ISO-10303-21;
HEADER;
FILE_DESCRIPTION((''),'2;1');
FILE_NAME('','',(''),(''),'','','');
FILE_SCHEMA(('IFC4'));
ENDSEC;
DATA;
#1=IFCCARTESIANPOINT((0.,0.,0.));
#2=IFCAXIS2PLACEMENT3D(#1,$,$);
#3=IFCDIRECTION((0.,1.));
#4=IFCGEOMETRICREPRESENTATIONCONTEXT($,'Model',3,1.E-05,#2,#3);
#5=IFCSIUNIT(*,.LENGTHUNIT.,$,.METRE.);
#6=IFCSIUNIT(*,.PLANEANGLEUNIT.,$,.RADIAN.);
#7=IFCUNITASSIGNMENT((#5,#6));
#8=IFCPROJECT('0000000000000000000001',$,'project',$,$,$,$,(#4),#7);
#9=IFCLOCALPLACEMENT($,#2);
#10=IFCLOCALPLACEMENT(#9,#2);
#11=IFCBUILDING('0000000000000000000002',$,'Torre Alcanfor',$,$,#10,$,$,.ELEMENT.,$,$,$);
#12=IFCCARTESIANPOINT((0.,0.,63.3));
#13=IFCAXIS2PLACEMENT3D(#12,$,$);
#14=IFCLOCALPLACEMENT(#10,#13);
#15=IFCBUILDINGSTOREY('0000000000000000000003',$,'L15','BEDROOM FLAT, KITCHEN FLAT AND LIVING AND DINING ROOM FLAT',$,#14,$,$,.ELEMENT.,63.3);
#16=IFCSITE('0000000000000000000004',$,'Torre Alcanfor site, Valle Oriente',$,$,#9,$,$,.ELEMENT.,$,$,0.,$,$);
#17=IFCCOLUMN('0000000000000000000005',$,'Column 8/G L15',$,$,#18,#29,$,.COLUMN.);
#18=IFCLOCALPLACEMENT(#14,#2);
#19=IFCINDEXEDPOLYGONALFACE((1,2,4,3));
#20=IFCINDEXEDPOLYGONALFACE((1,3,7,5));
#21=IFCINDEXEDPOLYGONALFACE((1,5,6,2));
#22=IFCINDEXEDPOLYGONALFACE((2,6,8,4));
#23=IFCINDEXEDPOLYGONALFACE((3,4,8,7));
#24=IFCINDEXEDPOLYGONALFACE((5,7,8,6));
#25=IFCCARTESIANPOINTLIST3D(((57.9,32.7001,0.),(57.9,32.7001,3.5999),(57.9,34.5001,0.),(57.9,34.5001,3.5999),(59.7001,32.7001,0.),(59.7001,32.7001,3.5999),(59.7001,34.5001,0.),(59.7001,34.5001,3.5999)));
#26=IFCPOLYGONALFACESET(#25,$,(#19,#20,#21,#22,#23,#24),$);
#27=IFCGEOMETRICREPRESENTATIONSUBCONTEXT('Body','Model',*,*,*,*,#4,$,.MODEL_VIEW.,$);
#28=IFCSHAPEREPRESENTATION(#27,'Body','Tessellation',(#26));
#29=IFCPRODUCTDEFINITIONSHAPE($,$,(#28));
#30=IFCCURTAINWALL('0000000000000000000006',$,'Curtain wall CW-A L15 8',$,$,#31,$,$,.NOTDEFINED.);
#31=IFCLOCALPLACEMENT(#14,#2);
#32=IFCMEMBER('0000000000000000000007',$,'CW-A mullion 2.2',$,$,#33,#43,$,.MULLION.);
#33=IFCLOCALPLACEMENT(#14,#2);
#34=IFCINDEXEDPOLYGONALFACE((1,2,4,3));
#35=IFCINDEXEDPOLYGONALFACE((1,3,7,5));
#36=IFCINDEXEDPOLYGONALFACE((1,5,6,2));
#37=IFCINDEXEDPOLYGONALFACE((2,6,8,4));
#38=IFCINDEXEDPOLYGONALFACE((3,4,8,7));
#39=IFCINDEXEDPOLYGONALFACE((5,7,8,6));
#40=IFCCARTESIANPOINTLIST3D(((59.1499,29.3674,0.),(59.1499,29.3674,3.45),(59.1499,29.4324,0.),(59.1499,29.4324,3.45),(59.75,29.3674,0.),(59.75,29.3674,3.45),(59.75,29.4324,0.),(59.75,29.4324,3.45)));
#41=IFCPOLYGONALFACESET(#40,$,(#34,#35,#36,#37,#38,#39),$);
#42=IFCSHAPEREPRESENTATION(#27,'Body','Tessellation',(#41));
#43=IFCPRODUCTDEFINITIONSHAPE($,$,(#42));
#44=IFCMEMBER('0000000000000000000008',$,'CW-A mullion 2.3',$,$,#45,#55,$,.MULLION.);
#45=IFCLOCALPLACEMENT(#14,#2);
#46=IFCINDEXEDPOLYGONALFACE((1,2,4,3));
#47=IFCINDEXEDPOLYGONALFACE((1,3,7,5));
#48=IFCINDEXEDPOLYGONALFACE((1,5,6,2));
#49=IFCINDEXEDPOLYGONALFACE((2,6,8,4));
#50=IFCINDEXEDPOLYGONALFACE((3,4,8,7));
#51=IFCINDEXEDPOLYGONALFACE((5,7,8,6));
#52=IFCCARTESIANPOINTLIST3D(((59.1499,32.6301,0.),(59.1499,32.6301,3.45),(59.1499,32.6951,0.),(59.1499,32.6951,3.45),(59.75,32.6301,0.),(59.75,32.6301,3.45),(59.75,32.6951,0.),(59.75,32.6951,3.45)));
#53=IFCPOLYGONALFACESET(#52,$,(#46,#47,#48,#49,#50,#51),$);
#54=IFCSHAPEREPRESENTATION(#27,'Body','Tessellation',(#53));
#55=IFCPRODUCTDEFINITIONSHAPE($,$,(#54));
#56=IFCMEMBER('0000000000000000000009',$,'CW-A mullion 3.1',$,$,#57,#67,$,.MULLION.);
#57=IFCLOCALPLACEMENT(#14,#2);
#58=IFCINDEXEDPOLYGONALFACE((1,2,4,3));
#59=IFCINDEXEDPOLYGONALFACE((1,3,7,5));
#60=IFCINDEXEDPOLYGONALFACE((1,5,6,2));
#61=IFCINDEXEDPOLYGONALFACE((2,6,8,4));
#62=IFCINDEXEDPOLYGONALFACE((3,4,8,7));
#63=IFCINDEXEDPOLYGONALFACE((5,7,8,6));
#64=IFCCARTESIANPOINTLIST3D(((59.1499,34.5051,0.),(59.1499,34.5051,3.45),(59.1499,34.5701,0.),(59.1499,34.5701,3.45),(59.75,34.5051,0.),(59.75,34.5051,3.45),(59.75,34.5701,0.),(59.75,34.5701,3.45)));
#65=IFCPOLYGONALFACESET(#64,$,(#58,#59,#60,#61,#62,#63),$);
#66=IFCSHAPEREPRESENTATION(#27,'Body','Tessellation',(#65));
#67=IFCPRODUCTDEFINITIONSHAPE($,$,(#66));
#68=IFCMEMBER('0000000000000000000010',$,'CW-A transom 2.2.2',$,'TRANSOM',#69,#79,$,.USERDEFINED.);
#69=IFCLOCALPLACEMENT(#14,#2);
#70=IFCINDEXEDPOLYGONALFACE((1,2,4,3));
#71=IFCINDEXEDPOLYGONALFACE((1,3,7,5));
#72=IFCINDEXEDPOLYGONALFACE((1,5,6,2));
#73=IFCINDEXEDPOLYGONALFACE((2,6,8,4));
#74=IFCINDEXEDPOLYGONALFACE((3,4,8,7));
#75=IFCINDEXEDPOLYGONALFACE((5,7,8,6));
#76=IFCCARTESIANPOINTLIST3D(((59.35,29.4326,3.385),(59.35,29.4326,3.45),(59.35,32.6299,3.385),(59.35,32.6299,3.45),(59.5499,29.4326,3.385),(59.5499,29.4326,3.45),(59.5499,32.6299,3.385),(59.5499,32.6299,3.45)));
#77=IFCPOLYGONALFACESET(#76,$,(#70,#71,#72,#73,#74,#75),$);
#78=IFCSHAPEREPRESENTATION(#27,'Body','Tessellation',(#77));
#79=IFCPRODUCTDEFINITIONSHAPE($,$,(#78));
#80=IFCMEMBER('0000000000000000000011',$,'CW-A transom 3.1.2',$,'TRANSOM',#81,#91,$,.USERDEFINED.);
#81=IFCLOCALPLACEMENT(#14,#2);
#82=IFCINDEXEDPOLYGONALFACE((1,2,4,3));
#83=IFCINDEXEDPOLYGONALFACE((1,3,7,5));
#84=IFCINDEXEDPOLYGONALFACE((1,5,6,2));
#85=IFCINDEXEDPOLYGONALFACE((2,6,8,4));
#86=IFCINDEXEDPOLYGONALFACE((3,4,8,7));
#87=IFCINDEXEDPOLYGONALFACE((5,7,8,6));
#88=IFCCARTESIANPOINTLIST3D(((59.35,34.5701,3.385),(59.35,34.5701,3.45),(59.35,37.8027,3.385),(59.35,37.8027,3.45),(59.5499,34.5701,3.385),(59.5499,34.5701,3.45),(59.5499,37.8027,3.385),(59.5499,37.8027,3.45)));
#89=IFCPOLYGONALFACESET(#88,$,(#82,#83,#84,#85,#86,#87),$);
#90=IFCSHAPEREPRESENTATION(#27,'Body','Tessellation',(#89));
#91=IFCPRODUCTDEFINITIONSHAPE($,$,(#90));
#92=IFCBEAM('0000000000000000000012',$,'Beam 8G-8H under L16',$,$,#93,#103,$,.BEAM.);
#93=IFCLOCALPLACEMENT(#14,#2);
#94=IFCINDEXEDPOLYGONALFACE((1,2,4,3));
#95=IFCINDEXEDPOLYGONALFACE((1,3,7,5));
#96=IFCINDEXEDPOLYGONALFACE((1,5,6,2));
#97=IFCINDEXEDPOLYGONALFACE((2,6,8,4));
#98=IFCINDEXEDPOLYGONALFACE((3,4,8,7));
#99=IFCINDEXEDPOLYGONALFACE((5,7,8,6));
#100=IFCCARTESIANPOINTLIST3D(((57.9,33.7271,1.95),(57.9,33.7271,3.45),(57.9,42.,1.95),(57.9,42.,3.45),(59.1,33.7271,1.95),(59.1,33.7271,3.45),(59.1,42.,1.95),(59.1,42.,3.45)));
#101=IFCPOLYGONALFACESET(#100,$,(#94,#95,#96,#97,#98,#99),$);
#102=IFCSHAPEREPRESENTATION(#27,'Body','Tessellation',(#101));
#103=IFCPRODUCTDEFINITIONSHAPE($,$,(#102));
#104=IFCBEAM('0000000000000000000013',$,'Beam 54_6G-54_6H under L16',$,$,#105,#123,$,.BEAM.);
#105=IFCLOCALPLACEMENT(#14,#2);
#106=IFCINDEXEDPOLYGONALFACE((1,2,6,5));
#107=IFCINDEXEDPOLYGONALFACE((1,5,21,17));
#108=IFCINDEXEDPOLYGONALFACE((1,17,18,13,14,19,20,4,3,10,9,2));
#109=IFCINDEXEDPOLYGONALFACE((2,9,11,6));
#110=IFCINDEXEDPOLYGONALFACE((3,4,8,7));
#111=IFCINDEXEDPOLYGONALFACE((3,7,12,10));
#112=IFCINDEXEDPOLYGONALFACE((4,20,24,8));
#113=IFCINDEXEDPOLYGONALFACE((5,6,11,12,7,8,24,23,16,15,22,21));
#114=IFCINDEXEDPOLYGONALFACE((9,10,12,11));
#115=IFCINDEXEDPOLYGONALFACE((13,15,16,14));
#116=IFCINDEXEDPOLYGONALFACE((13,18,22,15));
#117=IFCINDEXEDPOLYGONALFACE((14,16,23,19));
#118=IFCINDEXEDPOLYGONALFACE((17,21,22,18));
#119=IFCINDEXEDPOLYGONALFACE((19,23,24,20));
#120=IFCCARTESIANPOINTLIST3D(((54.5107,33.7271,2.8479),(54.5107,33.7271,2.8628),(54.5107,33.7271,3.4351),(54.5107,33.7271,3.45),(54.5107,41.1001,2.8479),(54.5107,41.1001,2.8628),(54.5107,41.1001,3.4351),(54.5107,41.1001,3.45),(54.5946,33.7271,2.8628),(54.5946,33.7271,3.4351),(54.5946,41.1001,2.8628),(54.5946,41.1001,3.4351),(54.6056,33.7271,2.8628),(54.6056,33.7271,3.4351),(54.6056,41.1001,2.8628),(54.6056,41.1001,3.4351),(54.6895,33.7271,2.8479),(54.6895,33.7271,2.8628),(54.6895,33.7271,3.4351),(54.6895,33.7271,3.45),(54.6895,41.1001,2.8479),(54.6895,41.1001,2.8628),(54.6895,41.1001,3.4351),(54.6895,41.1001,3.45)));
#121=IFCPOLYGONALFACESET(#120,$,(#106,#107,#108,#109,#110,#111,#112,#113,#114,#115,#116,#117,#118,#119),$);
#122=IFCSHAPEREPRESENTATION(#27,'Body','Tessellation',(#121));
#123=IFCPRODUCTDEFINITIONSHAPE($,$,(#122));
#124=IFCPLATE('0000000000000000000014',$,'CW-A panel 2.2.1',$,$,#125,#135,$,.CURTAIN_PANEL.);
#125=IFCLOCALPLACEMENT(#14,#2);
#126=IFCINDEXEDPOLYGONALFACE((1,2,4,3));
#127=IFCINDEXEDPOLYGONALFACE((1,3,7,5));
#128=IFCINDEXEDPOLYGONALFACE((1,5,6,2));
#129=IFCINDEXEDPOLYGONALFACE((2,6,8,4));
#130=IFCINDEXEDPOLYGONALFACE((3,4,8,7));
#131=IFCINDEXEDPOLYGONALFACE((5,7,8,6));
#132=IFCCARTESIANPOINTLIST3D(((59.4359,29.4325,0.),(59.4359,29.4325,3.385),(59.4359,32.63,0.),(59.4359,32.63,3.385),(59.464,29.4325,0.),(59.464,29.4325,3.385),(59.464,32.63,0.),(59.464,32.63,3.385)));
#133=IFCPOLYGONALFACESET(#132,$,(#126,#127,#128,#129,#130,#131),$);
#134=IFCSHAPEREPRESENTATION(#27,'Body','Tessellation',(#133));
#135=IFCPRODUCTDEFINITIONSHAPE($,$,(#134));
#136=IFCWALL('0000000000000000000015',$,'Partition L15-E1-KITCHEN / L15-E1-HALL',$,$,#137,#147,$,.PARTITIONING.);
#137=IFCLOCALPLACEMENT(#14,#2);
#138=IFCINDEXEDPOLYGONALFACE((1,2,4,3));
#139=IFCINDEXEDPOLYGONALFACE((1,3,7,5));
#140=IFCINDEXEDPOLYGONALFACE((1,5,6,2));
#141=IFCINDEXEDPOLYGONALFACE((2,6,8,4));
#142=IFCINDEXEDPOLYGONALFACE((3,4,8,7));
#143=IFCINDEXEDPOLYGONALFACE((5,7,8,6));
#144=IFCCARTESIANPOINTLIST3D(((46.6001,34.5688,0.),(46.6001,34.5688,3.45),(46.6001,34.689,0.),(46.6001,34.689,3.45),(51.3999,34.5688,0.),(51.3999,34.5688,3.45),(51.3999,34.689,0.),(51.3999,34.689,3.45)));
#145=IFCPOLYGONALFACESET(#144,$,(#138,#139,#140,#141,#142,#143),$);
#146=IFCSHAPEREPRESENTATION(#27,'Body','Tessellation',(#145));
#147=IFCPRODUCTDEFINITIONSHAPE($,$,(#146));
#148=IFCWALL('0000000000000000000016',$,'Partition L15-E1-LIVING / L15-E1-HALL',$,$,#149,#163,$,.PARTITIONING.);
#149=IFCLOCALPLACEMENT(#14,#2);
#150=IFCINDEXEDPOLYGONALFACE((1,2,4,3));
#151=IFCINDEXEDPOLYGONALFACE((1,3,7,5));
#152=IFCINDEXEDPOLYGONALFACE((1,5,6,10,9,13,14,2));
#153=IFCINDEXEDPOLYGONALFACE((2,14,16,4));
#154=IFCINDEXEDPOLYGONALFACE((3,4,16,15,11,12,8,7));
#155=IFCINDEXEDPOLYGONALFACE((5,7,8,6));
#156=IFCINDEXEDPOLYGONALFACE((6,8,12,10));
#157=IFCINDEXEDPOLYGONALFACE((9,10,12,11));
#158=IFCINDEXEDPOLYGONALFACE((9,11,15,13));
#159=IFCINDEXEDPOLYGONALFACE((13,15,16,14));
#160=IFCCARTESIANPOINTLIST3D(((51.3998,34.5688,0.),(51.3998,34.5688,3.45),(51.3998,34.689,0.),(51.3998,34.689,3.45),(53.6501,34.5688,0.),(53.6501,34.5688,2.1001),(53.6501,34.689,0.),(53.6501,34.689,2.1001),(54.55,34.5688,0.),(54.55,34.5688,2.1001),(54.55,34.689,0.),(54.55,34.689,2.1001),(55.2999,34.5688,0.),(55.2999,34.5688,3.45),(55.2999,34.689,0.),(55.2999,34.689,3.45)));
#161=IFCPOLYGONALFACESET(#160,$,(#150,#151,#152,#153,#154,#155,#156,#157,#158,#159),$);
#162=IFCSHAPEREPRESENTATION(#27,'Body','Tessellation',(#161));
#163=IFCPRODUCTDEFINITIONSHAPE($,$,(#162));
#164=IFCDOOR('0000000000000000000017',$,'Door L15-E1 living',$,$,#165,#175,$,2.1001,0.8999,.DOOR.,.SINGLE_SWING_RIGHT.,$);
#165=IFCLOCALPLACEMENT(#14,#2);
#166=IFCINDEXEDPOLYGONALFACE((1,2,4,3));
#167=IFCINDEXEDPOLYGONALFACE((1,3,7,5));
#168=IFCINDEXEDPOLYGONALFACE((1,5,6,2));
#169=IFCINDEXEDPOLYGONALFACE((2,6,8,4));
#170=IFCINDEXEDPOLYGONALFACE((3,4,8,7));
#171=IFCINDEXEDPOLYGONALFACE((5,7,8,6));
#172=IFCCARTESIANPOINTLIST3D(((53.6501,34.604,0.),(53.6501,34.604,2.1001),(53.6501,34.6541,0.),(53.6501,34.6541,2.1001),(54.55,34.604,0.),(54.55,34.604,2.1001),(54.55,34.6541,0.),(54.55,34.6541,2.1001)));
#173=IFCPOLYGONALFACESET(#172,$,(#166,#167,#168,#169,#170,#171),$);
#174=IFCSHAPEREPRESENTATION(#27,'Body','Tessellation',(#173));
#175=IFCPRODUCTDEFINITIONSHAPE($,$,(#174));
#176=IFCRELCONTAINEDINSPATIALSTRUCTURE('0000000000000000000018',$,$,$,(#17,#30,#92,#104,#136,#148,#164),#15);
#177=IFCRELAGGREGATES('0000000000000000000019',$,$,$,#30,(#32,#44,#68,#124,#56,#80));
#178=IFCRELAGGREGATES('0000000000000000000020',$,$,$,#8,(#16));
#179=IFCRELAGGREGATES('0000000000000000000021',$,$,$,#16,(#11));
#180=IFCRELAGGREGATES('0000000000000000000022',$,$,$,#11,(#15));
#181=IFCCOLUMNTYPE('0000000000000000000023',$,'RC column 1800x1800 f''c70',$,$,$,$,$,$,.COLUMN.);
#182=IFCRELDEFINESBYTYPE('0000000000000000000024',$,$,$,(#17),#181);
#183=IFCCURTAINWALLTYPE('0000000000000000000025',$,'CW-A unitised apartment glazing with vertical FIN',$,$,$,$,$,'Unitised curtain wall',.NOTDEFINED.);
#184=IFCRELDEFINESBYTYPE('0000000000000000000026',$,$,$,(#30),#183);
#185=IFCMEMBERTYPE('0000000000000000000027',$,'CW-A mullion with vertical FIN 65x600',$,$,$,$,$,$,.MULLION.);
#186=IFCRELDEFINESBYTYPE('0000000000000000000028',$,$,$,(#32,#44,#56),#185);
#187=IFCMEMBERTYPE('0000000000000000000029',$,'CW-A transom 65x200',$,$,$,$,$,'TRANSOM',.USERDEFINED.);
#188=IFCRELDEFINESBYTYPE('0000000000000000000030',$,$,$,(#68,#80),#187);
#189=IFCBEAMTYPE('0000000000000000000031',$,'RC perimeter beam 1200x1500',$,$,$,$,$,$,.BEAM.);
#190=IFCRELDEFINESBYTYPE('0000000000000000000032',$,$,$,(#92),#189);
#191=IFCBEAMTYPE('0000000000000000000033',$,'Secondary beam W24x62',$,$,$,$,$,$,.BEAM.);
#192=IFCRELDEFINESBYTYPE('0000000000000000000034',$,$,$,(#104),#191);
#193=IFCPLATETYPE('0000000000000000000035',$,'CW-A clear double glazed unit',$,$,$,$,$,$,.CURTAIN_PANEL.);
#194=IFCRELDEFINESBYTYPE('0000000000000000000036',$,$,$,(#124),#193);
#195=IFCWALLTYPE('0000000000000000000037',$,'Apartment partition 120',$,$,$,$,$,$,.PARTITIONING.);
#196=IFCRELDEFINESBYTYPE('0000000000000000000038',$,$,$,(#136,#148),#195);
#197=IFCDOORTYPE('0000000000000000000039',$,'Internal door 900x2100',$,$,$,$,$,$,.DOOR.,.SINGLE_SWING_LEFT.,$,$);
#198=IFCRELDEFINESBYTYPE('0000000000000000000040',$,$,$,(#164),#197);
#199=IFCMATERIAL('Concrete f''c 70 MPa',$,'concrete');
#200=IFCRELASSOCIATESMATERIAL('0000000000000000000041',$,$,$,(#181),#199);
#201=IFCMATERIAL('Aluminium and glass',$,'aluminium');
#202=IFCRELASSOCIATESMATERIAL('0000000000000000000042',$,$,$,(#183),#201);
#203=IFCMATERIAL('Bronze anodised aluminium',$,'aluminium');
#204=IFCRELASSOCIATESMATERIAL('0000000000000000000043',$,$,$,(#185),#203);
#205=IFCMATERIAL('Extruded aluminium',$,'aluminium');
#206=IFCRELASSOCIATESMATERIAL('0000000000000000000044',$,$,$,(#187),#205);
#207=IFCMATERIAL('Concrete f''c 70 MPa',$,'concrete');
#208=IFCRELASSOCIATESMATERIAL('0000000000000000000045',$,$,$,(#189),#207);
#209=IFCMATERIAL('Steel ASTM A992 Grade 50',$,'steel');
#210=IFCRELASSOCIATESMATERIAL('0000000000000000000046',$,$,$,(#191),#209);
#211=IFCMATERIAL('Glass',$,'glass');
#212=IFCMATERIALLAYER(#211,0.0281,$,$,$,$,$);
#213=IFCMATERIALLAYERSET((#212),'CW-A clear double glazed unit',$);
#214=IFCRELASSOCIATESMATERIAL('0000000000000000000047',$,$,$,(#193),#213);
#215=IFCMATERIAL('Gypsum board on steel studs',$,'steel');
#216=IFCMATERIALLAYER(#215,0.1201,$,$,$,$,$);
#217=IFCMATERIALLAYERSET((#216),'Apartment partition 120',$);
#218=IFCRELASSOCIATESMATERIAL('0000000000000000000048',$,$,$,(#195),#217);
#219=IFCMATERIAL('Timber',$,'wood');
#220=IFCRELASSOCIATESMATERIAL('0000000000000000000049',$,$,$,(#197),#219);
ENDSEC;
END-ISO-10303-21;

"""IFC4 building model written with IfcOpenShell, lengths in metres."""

from ifc_helpers import new_model, si_unit, direction, frame, frame_2d, origin, origin_2d, place, context, subcontext, project, spatial, rectangle, i_section, extrude, material, layer, layer_set, material_profile, profile_set, type_object, element, fill, aggregate, save


model = new_model("IFC4")

# Units and contexts
model_context = context("Model", 3, precision=1e-05, world=origin(), true_north=direction((0.0, 1.0)))
body_context = subcontext(model_context, "Body", "Model", "MODEL_VIEW")
ifc_project = project(units=[si_unit("LENGTHUNIT", "METRE"), si_unit("PLANEANGLEUNIT", "RADIAN")], contexts=[model_context])

# Site, building, storey
site_placement = place(None, origin())
site = spatial("IfcSite", under=ifc_project, at=site_placement, Name="Torre Alcanfor site, Valle Oriente", CompositionType="ELEMENT", RefElevation=0.0)
building_placement = place(site_placement, origin())
building = spatial("IfcBuilding", under=site, at=building_placement, Name="Torre Alcanfor", CompositionType="ELEMENT")
storey_placement = place(building_placement, frame((0.0, 0.0, 63.3)))
storey = spatial("IfcBuildingStorey", under=building, at=storey_placement, Name="L15", Description="BEDROOM FLAT, KITCHEN FLAT AND LIVING AND DINING ROOM FLAT", CompositionType="ELEMENT", Elevation=63.3)

# Column
ifc_material_1 = material(Name="Concrete f'c 70 MPa", Category="concrete")
ifc_material_profile_1 = material_profile(ifc_material_1, rectangle(XDim=1.8, YDim=1.8, at=origin_2d()), Name="1800x1800")
ifc_profile_set_1 = profile_set([ifc_material_profile_1], Name="Concrete f'c 70 MPa")
column_type = type_object("IfcColumnType", Name="RC column 1800x1800 f'c70", PredefinedType="COLUMN", material=ifc_profile_set_1)
column_placement = place(storey_placement, frame((58.8, 33.6001, 0.0), z_axis=(0.0, 0.0, 1.0), x_axis=(1.0, 0.0, 0.0)))
element("IfcColumn", 1, at=column_placement, inside=storey, type_object=column_type, Name="Column 8/G L15", PredefinedType="COLUMN", context=body_context, shape_type="SweptSolid", body=[
    extrude(rectangle(XDim=1.8, YDim=1.8, at=origin_2d()), origin(), (0.0, 0.0, 1.0), 3.5999),
])

# Curtain wall, members
ifc_material_2 = material(Name="Aluminium and glass", Category="aluminium")
curtain_wall_type = type_object("IfcCurtainWallType", Name="CW-A unitised apartment glazing with vertical FIN", ElementType="Unitised curtain wall", PredefinedType="NOTDEFINED", material=ifc_material_2)
curtain_wall_placement = place(storey_placement, origin())
curtain_wall = element("IfcCurtainWall", 2, at=curtain_wall_placement, inside=storey, type_object=curtain_wall_type, Name="Curtain wall CW-A L15 8", PredefinedType="NOTDEFINED")
ifc_material_3 = material(Name="Bronze anodised aluminium", Category="aluminium")
ifc_material_profile_2 = material_profile(ifc_material_3, rectangle(XDim=0.6001, YDim=0.0649, at=origin_2d()), Name="CW-A mullion 65x600")
ifc_profile_set_2 = profile_set([ifc_material_profile_2], Name="Bronze anodised aluminium")
member_type_1 = type_object("IfcMemberType", Name="CW-A mullion with vertical FIN 65x600", PredefinedType="MULLION", material=ifc_profile_set_2)
member_1_placement = place(storey_placement, frame((59.45, 29.3999, 0.0), z_axis=(0.0, 0.0, 1.0), x_axis=(-1.0, 0.0, 0.0)))
member_1 = element("IfcMember", 3, at=member_1_placement, type_object=member_type_1, Name="CW-A mullion 2.2", PredefinedType="MULLION", context=body_context, shape_type="SweptSolid", body=[
    extrude(rectangle(XDim=0.6001, YDim=0.0649, at=origin_2d()), origin(), (0.0, 0.0, 1.0), 3.45),
])
member_2_placement = place(storey_placement, frame((59.45, 32.6626, 0.0), z_axis=(0.0, 0.0, 1.0), x_axis=(-1.0, 0.0, 0.0)))
member_2 = element("IfcMember", 4, at=member_2_placement, type_object=member_type_1, Name="CW-A mullion 2.3", PredefinedType="MULLION", context=body_context, shape_type="SweptSolid", body=[
    extrude(rectangle(XDim=0.6001, YDim=0.0649, at=origin_2d()), origin(), (0.0, 0.0, 1.0), 3.45),
])
member_3_placement = place(storey_placement, frame((59.45, 34.5376, 0.0), z_axis=(0.0, 0.0, 1.0), x_axis=(-1.0, 0.0, 0.0)))
member_3 = element("IfcMember", 5, at=member_3_placement, type_object=member_type_1, Name="CW-A mullion 3.1", PredefinedType="MULLION", context=body_context, shape_type="SweptSolid", body=[
    extrude(rectangle(XDim=0.6001, YDim=0.0649, at=origin_2d()), origin(), (0.0, 0.0, 1.0), 3.45),
])
ifc_material_4 = material(Name="Extruded aluminium", Category="aluminium")
ifc_material_profile_3 = material_profile(ifc_material_4, rectangle(XDim=0.2, YDim=0.0649, at=origin_2d()), Name="CW-A transom 200x65")
ifc_profile_set_3 = profile_set([ifc_material_profile_3], Name="Extruded aluminium")
member_type_2 = type_object("IfcMemberType", Name="CW-A transom 65x200", ElementType="TRANSOM", PredefinedType="USERDEFINED", material=ifc_profile_set_3)
member_4_placement = place(storey_placement, frame((59.45, 29.4326, 3.4175), z_axis=(0.0, 1.0, 0.0), x_axis=(-1.0, 0.0, 0.0)))
member_4 = element("IfcMember", 6, at=member_4_placement, type_object=member_type_2, Name="CW-A transom 2.2.2", ObjectType="TRANSOM", PredefinedType="USERDEFINED", context=body_context, shape_type="SweptSolid", body=[
    extrude(rectangle(XDim=0.2, YDim=0.0649, at=origin_2d()), origin(), (0.0, 0.0, 1.0), 3.1973),
])
member_5_placement = place(storey_placement, frame((59.45, 34.5701, 3.4175), z_axis=(0.0, 1.0, 0.0), x_axis=(-1.0, 0.0, 0.0)))
member_5 = element("IfcMember", 7, at=member_5_placement, type_object=member_type_2, Name="CW-A transom 3.1.2", ObjectType="TRANSOM", PredefinedType="USERDEFINED", context=body_context, shape_type="SweptSolid", body=[
    extrude(rectangle(XDim=0.2, YDim=0.0649, at=origin_2d()), origin(), (0.0, 0.0, 1.0), 3.2327),
])

# Beams
ifc_material_5 = material(Name="Concrete f'c 70 MPa", Category="concrete")
ifc_material_profile_4 = material_profile(ifc_material_5, rectangle(XDim=1.2, YDim=1.5, at=origin_2d()), Name="1200x1500")
ifc_profile_set_4 = profile_set([ifc_material_profile_4], Name="Concrete f'c 70 MPa")
beam_type_1 = type_object("IfcBeamType", Name="RC perimeter beam 1200x1500", PredefinedType="BEAM", material=ifc_profile_set_4)
beam_1_placement = place(storey_placement, frame((58.5, 33.7271, 2.7), z_axis=(0.0, 1.0, 0.0), x_axis=(-1.0, 0.0, 0.0)))
element("IfcBeam", 8, at=beam_1_placement, inside=storey, type_object=beam_type_1, Name="Beam 8G-8H under L16", PredefinedType="BEAM", context=body_context, shape_type="SweptSolid", body=[
    extrude(rectangle(XDim=1.2, YDim=1.5, at=origin_2d()), origin(), (0.0, 0.0, 1.0), 8.2729),
])
ifc_material_6 = material(Name="Steel ASTM A992 Grade 50", Category="steel")
ifc_material_profile_5 = material_profile(ifc_material_6, i_section(OverallWidth=0.1787, OverallDepth=0.6021, WebThickness=0.011, FlangeThickness=0.0149, at=origin_2d()), Name="W24x62")
ifc_profile_set_5 = profile_set([ifc_material_profile_5], Name="Steel ASTM A992 Grade 50")
beam_type_2 = type_object("IfcBeamType", Name="Secondary beam W24x62", PredefinedType="BEAM", material=ifc_profile_set_5)
beam_2_placement = place(storey_placement, frame((54.6001, 33.7271, 3.1489), z_axis=(0.0, 1.0, 0.0), x_axis=(-1.0, 0.0, 0.0)))
element("IfcBeam", 9, at=beam_2_placement, inside=storey, type_object=beam_type_2, Name="Beam 54_6G-54_6H under L16", PredefinedType="BEAM", context=body_context, shape_type="SweptSolid", body=[
    extrude(i_section(OverallWidth=0.1787, OverallDepth=0.6021, WebThickness=0.011, FlangeThickness=0.0149, at=origin_2d()), origin(), (0.0, 0.0, 1.0), 7.373),
])

# Plate
ifc_material_7 = material(Name="Glass", Category="glass")
ifc_layer_1 = layer(ifc_material_7, 0.0281)
ifc_layer_set_1 = layer_set([ifc_layer_1], Name="CW-A clear double glazed unit")
plate_type = type_object("IfcPlateType", Name="CW-A clear double glazed unit", PredefinedType="CURTAIN_PANEL", material=ifc_layer_set_1)
plate_placement = place(storey_placement, frame((59.45, 31.0312, 0.0), z_axis=(0.0, 0.0, 1.0), x_axis=(0.0, 1.0, 0.0)))
plate = element("IfcPlate", 10, at=plate_placement, type_object=plate_type, Name="CW-A panel 2.2.1", PredefinedType="CURTAIN_PANEL", context=body_context, shape_type="SweptSolid", body=[
    extrude(rectangle(XDim=3.1975, YDim=0.0281, at=origin_2d()), origin(), (0.0, 0.0, 1.0), 3.385),
])
aggregate(curtain_wall, [member_1, member_2, member_4, plate, member_3, member_5])

# Wall
ifc_material_8 = material(Name="Gypsum board on steel studs", Category="steel")
ifc_layer_2 = layer(ifc_material_8, 0.1201)
ifc_layer_set_2 = layer_set([ifc_layer_2], Name="Apartment partition 120")
wall_type_1 = type_object("IfcWallType", Name="Apartment partition 120", PredefinedType="PARTITIONING", material=ifc_layer_set_2)
wall_1_placement = place(storey_placement, frame((51.3999, 34.6289, 0.0), z_axis=(0.0, 0.0, 1.0), x_axis=(-1.0, 0.0, 0.0)))
element("IfcWall", 11, at=wall_1_placement, inside=storey, type_object=wall_type_1, Name="Partition L15-E1-KITCHEN / L15-E1-HALL", PredefinedType="PARTITIONING", context=body_context, shape_type="SweptSolid", body=[
    extrude(rectangle(XDim=4.7998, YDim=0.1201, at=frame_2d((2.3999, 0.0))), origin(), (0.0, 0.0, 1.0), 3.45),
])

# Wall, opening, door
wall_2_placement = place(storey_placement, frame((55.3, 34.6289, 0.0), z_axis=(0.0, 0.0, 1.0), x_axis=(-1.0, 0.0, 0.0)))
wall_2 = element("IfcWall", 12, at=wall_2_placement, inside=storey, type_object=wall_type_1, Name="Partition L15-E1-LIVING / L15-E1-HALL", PredefinedType="PARTITIONING", context=body_context, shape_type="SweptSolid", body=[
    extrude(rectangle(XDim=3.9001, YDim=0.1201, at=frame_2d((1.9502, 0.0))), origin(), (0.0, 0.0, 1.0), 3.45),
])
opening_1_placement = place(wall_2_placement, frame((0.75, 0.0, 0.0)))
opening_1 = element("IfcOpeningElement", 13, at=opening_1_placement, cuts=wall_2, PredefinedType="OPENING", context=body_context, shape_type="SweptSolid", body=[
    extrude(rectangle(XDim=0.8999, YDim=2.1001, at=frame_2d((0.45, 1.05))), frame((0.0, 0.0701, 0.0), z_axis=(0.0, -1.0, 0.0), x_axis=(1.0, 0.0, 0.0)), (0.0, 0.0, 1.0), 0.1401),
])
ifc_material_9 = material(Name="Timber", Category="wood")
door_type = type_object("IfcDoorType", Name="Internal door 900x2100", OperationType="SINGLE_SWING_LEFT", PredefinedType="DOOR", material=ifc_material_9)
door_1_placement = place(opening_1_placement, origin())
door_1 = element("IfcDoor", 14, at=door_1_placement, inside=storey, type_object=door_type, Name="Door L15-E1 living", OperationType="SINGLE_SWING_RIGHT", OverallHeight=2.1001, OverallWidth=0.8999, PredefinedType="DOOR", context=body_context, shape_type="SweptSolid", body=[
    extrude(rectangle(XDim=0.8999, YDim=2.1001, at=frame_2d((0.45, 1.05))), frame((0.0, 0.0249, 0.0), z_axis=(0.0, -1.0, 0.0), x_axis=(1.0, 0.0, 0.0)), (0.0, 0.0, 1.0), 0.05),
])
fill(opening_1, door_1)

save(model, "model.ifc")
